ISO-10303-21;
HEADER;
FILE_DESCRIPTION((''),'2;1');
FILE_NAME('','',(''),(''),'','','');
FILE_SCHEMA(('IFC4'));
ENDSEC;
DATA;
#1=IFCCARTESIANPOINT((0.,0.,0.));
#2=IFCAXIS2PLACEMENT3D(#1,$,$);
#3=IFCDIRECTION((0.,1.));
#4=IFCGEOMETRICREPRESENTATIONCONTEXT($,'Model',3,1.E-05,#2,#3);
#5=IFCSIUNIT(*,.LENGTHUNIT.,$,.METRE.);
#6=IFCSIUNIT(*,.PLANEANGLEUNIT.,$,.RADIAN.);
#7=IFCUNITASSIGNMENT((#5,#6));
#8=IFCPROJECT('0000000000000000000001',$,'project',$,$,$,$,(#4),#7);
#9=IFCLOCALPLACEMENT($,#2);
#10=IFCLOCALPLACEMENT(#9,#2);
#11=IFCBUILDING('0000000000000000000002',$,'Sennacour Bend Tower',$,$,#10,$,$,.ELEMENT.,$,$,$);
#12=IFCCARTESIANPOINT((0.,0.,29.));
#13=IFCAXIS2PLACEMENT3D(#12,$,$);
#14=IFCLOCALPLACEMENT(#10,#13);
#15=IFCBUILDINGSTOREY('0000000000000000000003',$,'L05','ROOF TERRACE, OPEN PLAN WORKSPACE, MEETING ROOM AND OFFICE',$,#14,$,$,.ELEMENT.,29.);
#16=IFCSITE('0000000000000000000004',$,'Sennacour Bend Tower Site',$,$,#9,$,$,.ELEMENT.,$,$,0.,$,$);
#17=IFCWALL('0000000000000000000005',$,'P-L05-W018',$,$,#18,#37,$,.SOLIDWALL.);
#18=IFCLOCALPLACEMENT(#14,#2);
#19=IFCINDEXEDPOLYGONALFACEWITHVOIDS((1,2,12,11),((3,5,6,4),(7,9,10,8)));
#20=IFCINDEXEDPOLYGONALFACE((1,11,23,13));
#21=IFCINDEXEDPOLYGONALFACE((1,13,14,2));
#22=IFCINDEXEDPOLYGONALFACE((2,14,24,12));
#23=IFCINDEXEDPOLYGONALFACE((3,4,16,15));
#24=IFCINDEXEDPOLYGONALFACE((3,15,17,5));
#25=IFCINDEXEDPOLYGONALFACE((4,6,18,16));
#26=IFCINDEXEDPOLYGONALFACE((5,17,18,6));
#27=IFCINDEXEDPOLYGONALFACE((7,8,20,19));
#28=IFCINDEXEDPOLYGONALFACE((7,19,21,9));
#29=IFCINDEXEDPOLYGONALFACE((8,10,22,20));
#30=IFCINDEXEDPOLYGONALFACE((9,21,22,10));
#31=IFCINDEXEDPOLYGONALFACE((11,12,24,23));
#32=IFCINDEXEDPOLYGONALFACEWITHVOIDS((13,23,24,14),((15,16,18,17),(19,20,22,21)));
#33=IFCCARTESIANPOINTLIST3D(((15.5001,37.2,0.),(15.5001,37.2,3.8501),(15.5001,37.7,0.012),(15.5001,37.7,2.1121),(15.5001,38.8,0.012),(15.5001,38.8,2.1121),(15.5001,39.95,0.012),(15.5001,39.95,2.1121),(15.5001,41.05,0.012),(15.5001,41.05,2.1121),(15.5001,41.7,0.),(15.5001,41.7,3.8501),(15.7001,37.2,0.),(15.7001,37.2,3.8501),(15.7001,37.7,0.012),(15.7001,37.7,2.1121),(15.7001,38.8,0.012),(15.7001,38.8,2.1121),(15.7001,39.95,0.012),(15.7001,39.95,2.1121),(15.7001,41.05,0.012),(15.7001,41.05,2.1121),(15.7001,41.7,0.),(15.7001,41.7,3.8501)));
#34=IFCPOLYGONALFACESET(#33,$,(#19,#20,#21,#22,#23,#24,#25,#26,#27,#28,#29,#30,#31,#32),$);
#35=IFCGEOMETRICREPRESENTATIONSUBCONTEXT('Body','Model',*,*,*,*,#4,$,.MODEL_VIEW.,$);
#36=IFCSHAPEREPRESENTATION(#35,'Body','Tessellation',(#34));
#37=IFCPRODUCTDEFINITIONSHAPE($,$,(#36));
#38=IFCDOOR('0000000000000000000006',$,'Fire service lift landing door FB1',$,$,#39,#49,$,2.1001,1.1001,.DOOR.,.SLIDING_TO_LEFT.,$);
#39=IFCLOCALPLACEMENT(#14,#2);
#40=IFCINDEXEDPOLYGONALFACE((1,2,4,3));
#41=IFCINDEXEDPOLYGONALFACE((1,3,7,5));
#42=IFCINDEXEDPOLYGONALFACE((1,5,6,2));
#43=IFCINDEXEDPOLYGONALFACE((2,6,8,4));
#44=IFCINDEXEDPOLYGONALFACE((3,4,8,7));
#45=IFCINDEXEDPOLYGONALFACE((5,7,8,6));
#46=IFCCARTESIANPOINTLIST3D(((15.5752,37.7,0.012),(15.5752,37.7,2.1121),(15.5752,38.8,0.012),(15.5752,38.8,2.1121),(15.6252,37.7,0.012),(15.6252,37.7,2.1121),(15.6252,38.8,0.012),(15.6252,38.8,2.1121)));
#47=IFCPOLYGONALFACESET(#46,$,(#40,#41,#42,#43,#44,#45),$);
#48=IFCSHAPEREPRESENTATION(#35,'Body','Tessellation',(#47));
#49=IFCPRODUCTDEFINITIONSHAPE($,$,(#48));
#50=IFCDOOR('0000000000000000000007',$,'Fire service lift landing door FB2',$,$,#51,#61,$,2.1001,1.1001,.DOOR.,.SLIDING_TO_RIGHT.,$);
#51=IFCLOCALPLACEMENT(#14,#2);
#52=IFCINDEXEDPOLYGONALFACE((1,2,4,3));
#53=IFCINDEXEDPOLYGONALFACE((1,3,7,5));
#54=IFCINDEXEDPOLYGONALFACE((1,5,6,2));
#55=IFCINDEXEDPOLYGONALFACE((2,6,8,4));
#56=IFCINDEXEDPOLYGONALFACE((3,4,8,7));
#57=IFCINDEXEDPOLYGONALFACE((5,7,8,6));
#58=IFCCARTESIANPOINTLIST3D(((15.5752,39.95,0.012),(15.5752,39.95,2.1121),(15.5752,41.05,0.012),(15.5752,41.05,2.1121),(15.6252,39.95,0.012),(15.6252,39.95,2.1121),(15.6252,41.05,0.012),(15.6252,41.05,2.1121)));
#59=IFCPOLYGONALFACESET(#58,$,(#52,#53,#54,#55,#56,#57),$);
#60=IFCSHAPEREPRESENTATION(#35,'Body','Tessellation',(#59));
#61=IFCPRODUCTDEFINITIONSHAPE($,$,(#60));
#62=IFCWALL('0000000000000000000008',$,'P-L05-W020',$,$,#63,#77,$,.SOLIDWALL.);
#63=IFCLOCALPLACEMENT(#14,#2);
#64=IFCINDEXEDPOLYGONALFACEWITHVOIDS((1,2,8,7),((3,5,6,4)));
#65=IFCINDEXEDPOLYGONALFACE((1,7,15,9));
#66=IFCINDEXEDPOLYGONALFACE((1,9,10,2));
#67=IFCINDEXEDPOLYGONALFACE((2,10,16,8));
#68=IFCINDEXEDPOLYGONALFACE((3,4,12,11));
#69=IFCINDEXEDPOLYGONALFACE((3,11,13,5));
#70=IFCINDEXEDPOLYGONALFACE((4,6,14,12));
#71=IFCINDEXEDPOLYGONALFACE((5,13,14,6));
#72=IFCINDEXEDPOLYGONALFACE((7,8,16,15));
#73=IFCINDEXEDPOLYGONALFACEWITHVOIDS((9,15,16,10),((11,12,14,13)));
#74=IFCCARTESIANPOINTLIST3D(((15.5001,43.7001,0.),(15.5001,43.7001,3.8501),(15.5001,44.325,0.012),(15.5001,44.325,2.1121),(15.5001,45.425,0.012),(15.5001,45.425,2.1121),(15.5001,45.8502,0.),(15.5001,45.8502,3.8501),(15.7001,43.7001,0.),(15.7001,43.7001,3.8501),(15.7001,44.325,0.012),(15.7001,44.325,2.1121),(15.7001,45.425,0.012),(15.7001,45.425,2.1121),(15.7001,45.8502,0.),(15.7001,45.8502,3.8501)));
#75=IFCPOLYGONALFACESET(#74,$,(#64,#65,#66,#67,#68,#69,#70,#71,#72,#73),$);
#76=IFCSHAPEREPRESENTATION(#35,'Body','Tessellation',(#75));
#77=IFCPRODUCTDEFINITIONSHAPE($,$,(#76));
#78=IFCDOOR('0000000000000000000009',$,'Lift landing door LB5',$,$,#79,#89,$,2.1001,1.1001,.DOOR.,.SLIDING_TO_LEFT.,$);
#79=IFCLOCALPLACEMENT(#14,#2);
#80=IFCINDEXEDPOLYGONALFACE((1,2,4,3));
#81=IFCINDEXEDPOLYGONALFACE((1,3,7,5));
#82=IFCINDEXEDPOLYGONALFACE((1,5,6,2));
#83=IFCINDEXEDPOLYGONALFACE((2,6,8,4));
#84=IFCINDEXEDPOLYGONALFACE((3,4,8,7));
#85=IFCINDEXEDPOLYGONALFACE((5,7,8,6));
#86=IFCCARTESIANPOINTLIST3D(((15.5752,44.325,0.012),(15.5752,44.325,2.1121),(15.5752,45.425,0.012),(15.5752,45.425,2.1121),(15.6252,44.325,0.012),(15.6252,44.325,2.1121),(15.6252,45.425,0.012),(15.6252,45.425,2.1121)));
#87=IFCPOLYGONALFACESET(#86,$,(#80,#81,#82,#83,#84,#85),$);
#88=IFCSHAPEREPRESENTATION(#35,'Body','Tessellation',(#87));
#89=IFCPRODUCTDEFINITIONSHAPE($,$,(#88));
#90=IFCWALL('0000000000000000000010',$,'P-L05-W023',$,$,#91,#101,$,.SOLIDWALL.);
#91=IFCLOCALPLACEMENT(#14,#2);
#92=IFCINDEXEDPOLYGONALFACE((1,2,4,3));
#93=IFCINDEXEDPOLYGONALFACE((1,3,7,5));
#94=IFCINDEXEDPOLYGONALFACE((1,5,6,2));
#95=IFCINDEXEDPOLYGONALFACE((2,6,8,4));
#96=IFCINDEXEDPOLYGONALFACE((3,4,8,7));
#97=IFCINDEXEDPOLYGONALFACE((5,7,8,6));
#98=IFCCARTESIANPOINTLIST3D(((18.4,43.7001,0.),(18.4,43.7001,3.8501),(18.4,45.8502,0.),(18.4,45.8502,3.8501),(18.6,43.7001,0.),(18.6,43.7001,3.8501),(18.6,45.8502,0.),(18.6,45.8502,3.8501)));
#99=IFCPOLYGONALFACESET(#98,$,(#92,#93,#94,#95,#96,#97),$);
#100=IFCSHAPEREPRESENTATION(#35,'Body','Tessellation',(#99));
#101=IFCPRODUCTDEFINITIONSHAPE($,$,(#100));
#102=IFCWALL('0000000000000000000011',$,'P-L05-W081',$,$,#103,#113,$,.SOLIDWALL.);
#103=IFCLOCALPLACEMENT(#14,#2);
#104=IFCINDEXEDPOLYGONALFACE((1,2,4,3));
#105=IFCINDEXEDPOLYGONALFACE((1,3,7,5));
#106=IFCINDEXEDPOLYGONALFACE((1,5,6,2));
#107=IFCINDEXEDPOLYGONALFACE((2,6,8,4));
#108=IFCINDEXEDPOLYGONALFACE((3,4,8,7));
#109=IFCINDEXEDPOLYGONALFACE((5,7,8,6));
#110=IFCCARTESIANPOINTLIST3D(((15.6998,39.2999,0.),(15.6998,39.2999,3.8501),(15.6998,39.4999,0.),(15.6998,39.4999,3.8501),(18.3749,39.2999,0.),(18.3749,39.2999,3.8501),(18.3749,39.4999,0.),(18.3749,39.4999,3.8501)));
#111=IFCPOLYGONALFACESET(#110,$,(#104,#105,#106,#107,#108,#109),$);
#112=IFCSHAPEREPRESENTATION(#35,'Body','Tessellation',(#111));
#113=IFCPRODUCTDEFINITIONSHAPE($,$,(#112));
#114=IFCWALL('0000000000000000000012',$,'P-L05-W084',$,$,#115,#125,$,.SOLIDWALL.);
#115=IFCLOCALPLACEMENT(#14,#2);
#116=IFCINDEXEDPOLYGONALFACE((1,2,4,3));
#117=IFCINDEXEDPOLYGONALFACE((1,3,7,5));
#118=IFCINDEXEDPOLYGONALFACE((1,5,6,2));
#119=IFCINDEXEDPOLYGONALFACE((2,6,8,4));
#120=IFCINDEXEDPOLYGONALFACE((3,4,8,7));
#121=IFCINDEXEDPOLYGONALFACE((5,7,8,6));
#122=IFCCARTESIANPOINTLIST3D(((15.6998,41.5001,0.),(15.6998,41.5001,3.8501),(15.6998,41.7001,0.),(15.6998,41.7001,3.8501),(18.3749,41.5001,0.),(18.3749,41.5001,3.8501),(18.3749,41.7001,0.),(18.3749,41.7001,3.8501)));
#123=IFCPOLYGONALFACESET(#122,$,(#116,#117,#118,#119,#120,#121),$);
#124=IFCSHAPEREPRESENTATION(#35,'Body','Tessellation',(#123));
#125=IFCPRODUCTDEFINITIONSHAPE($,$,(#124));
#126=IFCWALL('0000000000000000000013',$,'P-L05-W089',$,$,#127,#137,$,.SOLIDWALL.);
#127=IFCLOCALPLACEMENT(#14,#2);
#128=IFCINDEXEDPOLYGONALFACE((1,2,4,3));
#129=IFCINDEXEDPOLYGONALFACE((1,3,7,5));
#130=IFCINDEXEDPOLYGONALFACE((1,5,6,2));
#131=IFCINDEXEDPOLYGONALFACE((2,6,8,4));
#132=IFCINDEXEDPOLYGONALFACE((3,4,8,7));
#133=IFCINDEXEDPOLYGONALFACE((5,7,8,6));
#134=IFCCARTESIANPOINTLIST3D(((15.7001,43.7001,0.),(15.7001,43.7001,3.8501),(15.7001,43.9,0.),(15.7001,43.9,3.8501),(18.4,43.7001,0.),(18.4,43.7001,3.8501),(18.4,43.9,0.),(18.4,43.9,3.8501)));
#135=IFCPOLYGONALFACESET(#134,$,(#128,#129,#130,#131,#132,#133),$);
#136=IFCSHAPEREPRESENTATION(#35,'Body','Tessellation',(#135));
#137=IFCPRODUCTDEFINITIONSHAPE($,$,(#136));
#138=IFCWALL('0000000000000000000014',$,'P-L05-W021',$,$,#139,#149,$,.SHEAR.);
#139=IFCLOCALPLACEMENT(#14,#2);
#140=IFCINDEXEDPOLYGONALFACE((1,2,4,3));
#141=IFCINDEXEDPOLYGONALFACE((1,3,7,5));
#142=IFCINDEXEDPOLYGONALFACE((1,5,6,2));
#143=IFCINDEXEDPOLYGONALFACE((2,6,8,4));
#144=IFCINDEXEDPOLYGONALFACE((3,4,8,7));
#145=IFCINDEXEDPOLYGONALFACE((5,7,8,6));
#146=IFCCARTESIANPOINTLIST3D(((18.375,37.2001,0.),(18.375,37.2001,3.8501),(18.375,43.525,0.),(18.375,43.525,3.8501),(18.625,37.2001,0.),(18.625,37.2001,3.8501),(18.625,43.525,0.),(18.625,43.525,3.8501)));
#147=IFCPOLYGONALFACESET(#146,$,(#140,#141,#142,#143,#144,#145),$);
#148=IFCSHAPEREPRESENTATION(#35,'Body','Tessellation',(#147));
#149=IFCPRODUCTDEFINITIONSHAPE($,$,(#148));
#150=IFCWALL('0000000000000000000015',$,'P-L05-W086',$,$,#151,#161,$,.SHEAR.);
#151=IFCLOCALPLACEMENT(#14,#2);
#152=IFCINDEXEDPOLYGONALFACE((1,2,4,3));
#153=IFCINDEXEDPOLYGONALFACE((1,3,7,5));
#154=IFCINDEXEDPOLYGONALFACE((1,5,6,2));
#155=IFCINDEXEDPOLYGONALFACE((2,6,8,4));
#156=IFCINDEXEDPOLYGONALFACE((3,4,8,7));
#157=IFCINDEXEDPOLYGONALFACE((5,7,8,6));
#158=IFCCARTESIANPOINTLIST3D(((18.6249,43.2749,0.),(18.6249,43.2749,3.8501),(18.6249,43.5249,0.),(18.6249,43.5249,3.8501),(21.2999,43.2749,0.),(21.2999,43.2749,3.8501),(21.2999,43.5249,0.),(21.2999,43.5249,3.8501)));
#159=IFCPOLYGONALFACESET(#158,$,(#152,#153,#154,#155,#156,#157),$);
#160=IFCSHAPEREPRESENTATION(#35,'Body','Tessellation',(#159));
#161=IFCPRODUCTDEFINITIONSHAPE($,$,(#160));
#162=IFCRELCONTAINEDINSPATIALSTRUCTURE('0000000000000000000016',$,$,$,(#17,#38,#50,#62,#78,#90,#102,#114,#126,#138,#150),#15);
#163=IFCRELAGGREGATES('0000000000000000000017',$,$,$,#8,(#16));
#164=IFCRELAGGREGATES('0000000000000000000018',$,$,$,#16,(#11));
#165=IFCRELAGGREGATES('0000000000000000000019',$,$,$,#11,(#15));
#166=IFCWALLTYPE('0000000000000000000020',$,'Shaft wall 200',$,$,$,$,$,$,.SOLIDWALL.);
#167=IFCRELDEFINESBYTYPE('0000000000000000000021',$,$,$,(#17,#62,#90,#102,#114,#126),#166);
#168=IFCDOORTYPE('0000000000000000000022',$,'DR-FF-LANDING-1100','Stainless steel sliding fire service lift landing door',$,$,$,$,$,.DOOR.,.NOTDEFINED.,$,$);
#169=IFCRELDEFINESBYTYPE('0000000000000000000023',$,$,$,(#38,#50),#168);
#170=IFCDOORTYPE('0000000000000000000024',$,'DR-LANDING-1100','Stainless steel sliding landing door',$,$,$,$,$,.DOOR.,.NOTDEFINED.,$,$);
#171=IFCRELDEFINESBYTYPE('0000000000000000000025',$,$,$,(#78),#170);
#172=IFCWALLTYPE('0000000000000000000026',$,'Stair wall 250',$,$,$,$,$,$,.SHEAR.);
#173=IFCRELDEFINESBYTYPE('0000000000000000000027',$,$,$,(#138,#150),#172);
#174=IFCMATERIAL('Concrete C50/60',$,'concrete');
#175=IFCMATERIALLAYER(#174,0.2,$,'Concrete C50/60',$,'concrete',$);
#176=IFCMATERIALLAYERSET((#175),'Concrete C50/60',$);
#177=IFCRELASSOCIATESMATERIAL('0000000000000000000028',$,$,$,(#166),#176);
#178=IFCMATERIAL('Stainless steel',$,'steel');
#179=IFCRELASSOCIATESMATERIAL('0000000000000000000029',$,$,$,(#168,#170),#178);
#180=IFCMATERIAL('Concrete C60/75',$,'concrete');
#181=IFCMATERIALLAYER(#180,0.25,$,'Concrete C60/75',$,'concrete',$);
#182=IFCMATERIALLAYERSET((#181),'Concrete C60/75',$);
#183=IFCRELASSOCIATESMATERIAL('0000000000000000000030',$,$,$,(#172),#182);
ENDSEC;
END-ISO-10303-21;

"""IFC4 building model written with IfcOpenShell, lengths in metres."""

from ifc_helpers import new_model, si_unit, direction, frame, frame_2d, origin, place, context, subcontext, project, spatial, rectangle, extrude, material, layer, layer_set, type_object, element, fill, save


model = new_model("IFC4")

# Units and contexts
model_context = context("Model", 3, precision=1e-05, world=origin(), true_north=direction((0.0, 1.0)))
body_context = subcontext(model_context, "Body", "Model", "MODEL_VIEW")
ifc_project = project(units=[si_unit("LENGTHUNIT", "METRE"), si_unit("PLANEANGLEUNIT", "RADIAN")], contexts=[model_context])

# Site, building, storey
site_placement = place(None, origin())
site = spatial("IfcSite", under=ifc_project, at=site_placement, Name="Sennacour Bend Tower Site", CompositionType="ELEMENT", RefElevation=0.0)
building_placement = place(site_placement, origin())
building = spatial("IfcBuilding", under=site, at=building_placement, Name="Sennacour Bend Tower", CompositionType="ELEMENT")
storey_placement = place(building_placement, frame((0.0, 0.0, 29.0)))
storey = spatial("IfcBuildingStorey", under=building, at=storey_placement, Name="L05", Description="ROOF TERRACE, OPEN PLAN WORKSPACE, MEETING ROOM AND OFFICE", CompositionType="ELEMENT", Elevation=29.0)

# Wall, openings, doors
ifc_material_1 = material(Name="Concrete C50/60", Category="concrete")
ifc_layer_1 = layer(ifc_material_1, 0.2, Name="Concrete C50/60", Category="concrete")
ifc_layer_set_1 = layer_set([ifc_layer_1], Name="Concrete C50/60")
wall_type_1 = type_object("IfcWallType", Name="Shaft wall 200", PredefinedType="SOLIDWALL", material=ifc_layer_set_1)
wall_1_placement = place(storey_placement, frame((15.6001, 37.2, 0.0), z_axis=(0.0, 0.0, 1.0), x_axis=(0.0, 1.0, 0.0)))
wall_1 = element("IfcWall", 1, at=wall_1_placement, inside=storey, type_object=wall_type_1, Name="P-L05-W018", PredefinedType="SOLIDWALL", context=body_context, shape_type="SweptSolid", body=[
    extrude(rectangle(XDim=4.5, YDim=0.2, at=frame_2d((2.25, 0.0))), origin(), (0.0, 0.0, 1.0), 3.8501),
])
opening_1_placement = place(wall_1_placement, frame((0.5, 0.0, 0.012)))
opening_1 = element("IfcOpeningElement", 2, at=opening_1_placement, cuts=wall_1, PredefinedType="OPENING", context=body_context, shape_type="SweptSolid", body=[
    extrude(rectangle(XDim=1.1001, YDim=2.1001, at=frame_2d((0.55, 1.05))), frame((0.0, 0.1099, 0.0), z_axis=(0.0, -1.0, 0.0), x_axis=(1.0, 0.0, 0.0)), (0.0, 0.0, 1.0), 0.22),
])
opening_2_placement = place(wall_1_placement, frame((2.75, 0.0, 0.012)))
opening_2 = element("IfcOpeningElement", 3, at=opening_2_placement, cuts=wall_1, PredefinedType="OPENING", context=body_context, shape_type="SweptSolid", body=[
    extrude(rectangle(XDim=1.1001, YDim=2.1001, at=frame_2d((0.55, 1.05))), frame((0.0, 0.1099, 0.0), z_axis=(0.0, -1.0, 0.0), x_axis=(1.0, 0.0, 0.0)), (0.0, 0.0, 1.0), 0.22),
])
ifc_material_2 = material(Name="Stainless steel", Category="steel")
door_type_1 = type_object("IfcDoorType", Name="DR-FF-LANDING-1100", Description="Stainless steel sliding fire service lift landing door", OperationType="NOTDEFINED", PredefinedType="DOOR", material=ifc_material_2)
door_1_placement = place(opening_1_placement, origin())
door_1 = element("IfcDoor", 4, at=door_1_placement, inside=storey, type_object=door_type_1, Name="Fire service lift landing door FB1", OperationType="SLIDING_TO_LEFT", OverallHeight=2.1001, OverallWidth=1.1001, PredefinedType="DOOR", context=body_context, shape_type="SweptSolid", body=[
    extrude(rectangle(XDim=1.1001, YDim=2.1001, at=frame_2d((0.55, 1.05))), frame((0.0, 0.0249, 0.0), z_axis=(0.0, -1.0, 0.0), x_axis=(1.0, 0.0, 0.0)), (0.0, 0.0, 1.0), 0.05),
])
fill(opening_1, door_1)
door_2_placement = place(opening_2_placement, origin())
door_2 = element("IfcDoor", 5, at=door_2_placement, inside=storey, type_object=door_type_1, Name="Fire service lift landing door FB2", OperationType="SLIDING_TO_RIGHT", OverallHeight=2.1001, OverallWidth=1.1001, PredefinedType="DOOR", context=body_context, shape_type="SweptSolid", body=[
    extrude(rectangle(XDim=1.1001, YDim=2.1001, at=frame_2d((0.55, 1.05))), frame((0.0, 0.0249, 0.0), z_axis=(0.0, -1.0, 0.0), x_axis=(1.0, 0.0, 0.0)), (0.0, 0.0, 1.0), 0.05),
])
fill(opening_2, door_2)

# Wall, opening, door
wall_2_placement = place(storey_placement, frame((15.6001, 43.7, 0.0), z_axis=(0.0, 0.0, 1.0), x_axis=(0.0, 1.0, 0.0)))
wall_2 = element("IfcWall", 6, at=wall_2_placement, inside=storey, type_object=wall_type_1, Name="P-L05-W020", PredefinedType="SOLIDWALL", context=body_context, shape_type="SweptSolid", body=[
    extrude(rectangle(XDim=2.1501, YDim=0.2, at=frame_2d((1.0752, 0.0))), origin(), (0.0, 0.0, 1.0), 3.8501),
])
opening_3_placement = place(wall_2_placement, frame((0.625, 0.0, 0.012)))
opening_3 = element("IfcOpeningElement", 7, at=opening_3_placement, cuts=wall_2, PredefinedType="OPENING", context=body_context, shape_type="SweptSolid", body=[
    extrude(rectangle(XDim=1.1001, YDim=2.1001, at=frame_2d((0.55, 1.05))), frame((0.0, 0.1099, 0.0), z_axis=(0.0, -1.0, 0.0), x_axis=(1.0, 0.0, 0.0)), (0.0, 0.0, 1.0), 0.22),
])
door_type_2 = type_object("IfcDoorType", Name="DR-LANDING-1100", Description="Stainless steel sliding landing door", OperationType="NOTDEFINED", PredefinedType="DOOR", material=ifc_material_2)
door_3_placement = place(opening_3_placement, origin())
door_3 = element("IfcDoor", 8, at=door_3_placement, inside=storey, type_object=door_type_2, Name="Lift landing door LB5", OperationType="SLIDING_TO_LEFT", OverallHeight=2.1001, OverallWidth=1.1001, PredefinedType="DOOR", context=body_context, shape_type="SweptSolid", body=[
    extrude(rectangle(XDim=1.1001, YDim=2.1001, at=frame_2d((0.55, 1.05))), frame((0.0, 0.0249, 0.0), z_axis=(0.0, -1.0, 0.0), x_axis=(1.0, 0.0, 0.0)), (0.0, 0.0, 1.0), 0.05),
])
fill(opening_3, door_3)

# Walls
wall_3_placement = place(storey_placement, frame((18.5, 43.7, 0.0), z_axis=(0.0, 0.0, 1.0), x_axis=(0.0, 1.0, 0.0)))
element("IfcWall", 9, at=wall_3_placement, inside=storey, type_object=wall_type_1, Name="P-L05-W023", PredefinedType="SOLIDWALL", context=body_context, shape_type="SweptSolid", body=[
    extrude(rectangle(XDim=2.1501, YDim=0.2, at=frame_2d((1.0752, 0.0))), origin(), (0.0, 0.0, 1.0), 3.8501),
])
for number, where, z_axis, x_axis, name in (
    (10, (15.7, 39.3999, 0.0), (0.0, 0.0, 1.0), (1.0, 0.0, 0.0), "P-L05-W081"),
    (11, (15.7, 41.6001, 0.0), (0.0, 0.0, 1.0), (1.0, 0.0, 0.0), "P-L05-W084"),
):
    element("IfcWall", number, at=place(storey_placement, frame(where, z_axis=z_axis, x_axis=x_axis)), inside=storey, type_object=wall_type_1, Name=name, PredefinedType="SOLIDWALL", context=body_context, shape_type="SweptSolid", body=[
        extrude(rectangle(XDim=2.675, YDim=0.2, at=frame_2d((1.3374, 0.0))), origin(), (0.0, 0.0, 1.0), 3.8501),
    ])
wall_4_placement = place(storey_placement, frame((15.7, 43.8, 0.0), z_axis=(0.0, 0.0, 1.0), x_axis=(1.0, 0.0, 0.0)))
element("IfcWall", 12, at=wall_4_placement, inside=storey, type_object=wall_type_1, Name="P-L05-W089", PredefinedType="SOLIDWALL", context=body_context, shape_type="SweptSolid", body=[
    extrude(rectangle(XDim=2.7, YDim=0.2, at=frame_2d((1.3501, 0.0))), origin(), (0.0, 0.0, 1.0), 3.8501),
])
ifc_material_3 = material(Name="Concrete C60/75", Category="concrete")
ifc_layer_2 = layer(ifc_material_3, 0.25, Name="Concrete C60/75", Category="concrete")
ifc_layer_set_2 = layer_set([ifc_layer_2], Name="Concrete C60/75")
wall_type_2 = type_object("IfcWallType", Name="Stair wall 250", PredefinedType="SHEAR", material=ifc_layer_set_2)
wall_5_placement = place(storey_placement, frame((18.5, 37.2, 0.0), z_axis=(0.0, 0.0, 1.0), x_axis=(0.0, 1.0, 0.0)))
element("IfcWall", 13, at=wall_5_placement, inside=storey, type_object=wall_type_2, Name="P-L05-W021", PredefinedType="SHEAR", context=body_context, shape_type="SweptSolid", body=[
    extrude(rectangle(XDim=6.325, YDim=0.25, at=frame_2d((3.1626, 0.0))), origin(), (0.0, 0.0, 1.0), 3.8501),
])
wall_6_placement = place(storey_placement, frame((18.625, 43.3999, 0.0), z_axis=(0.0, 0.0, 1.0), x_axis=(1.0, 0.0, 0.0)))
element("IfcWall", 14, at=wall_6_placement, inside=storey, type_object=wall_type_2, Name="P-L05-W086", PredefinedType="SHEAR", context=body_context, shape_type="SweptSolid", body=[
    extrude(rectangle(XDim=2.675, YDim=0.25, at=frame_2d((1.3374, 0.0))), origin(), (0.0, 0.0, 1.0), 3.8501),
])

save(model, "model.ifc")
